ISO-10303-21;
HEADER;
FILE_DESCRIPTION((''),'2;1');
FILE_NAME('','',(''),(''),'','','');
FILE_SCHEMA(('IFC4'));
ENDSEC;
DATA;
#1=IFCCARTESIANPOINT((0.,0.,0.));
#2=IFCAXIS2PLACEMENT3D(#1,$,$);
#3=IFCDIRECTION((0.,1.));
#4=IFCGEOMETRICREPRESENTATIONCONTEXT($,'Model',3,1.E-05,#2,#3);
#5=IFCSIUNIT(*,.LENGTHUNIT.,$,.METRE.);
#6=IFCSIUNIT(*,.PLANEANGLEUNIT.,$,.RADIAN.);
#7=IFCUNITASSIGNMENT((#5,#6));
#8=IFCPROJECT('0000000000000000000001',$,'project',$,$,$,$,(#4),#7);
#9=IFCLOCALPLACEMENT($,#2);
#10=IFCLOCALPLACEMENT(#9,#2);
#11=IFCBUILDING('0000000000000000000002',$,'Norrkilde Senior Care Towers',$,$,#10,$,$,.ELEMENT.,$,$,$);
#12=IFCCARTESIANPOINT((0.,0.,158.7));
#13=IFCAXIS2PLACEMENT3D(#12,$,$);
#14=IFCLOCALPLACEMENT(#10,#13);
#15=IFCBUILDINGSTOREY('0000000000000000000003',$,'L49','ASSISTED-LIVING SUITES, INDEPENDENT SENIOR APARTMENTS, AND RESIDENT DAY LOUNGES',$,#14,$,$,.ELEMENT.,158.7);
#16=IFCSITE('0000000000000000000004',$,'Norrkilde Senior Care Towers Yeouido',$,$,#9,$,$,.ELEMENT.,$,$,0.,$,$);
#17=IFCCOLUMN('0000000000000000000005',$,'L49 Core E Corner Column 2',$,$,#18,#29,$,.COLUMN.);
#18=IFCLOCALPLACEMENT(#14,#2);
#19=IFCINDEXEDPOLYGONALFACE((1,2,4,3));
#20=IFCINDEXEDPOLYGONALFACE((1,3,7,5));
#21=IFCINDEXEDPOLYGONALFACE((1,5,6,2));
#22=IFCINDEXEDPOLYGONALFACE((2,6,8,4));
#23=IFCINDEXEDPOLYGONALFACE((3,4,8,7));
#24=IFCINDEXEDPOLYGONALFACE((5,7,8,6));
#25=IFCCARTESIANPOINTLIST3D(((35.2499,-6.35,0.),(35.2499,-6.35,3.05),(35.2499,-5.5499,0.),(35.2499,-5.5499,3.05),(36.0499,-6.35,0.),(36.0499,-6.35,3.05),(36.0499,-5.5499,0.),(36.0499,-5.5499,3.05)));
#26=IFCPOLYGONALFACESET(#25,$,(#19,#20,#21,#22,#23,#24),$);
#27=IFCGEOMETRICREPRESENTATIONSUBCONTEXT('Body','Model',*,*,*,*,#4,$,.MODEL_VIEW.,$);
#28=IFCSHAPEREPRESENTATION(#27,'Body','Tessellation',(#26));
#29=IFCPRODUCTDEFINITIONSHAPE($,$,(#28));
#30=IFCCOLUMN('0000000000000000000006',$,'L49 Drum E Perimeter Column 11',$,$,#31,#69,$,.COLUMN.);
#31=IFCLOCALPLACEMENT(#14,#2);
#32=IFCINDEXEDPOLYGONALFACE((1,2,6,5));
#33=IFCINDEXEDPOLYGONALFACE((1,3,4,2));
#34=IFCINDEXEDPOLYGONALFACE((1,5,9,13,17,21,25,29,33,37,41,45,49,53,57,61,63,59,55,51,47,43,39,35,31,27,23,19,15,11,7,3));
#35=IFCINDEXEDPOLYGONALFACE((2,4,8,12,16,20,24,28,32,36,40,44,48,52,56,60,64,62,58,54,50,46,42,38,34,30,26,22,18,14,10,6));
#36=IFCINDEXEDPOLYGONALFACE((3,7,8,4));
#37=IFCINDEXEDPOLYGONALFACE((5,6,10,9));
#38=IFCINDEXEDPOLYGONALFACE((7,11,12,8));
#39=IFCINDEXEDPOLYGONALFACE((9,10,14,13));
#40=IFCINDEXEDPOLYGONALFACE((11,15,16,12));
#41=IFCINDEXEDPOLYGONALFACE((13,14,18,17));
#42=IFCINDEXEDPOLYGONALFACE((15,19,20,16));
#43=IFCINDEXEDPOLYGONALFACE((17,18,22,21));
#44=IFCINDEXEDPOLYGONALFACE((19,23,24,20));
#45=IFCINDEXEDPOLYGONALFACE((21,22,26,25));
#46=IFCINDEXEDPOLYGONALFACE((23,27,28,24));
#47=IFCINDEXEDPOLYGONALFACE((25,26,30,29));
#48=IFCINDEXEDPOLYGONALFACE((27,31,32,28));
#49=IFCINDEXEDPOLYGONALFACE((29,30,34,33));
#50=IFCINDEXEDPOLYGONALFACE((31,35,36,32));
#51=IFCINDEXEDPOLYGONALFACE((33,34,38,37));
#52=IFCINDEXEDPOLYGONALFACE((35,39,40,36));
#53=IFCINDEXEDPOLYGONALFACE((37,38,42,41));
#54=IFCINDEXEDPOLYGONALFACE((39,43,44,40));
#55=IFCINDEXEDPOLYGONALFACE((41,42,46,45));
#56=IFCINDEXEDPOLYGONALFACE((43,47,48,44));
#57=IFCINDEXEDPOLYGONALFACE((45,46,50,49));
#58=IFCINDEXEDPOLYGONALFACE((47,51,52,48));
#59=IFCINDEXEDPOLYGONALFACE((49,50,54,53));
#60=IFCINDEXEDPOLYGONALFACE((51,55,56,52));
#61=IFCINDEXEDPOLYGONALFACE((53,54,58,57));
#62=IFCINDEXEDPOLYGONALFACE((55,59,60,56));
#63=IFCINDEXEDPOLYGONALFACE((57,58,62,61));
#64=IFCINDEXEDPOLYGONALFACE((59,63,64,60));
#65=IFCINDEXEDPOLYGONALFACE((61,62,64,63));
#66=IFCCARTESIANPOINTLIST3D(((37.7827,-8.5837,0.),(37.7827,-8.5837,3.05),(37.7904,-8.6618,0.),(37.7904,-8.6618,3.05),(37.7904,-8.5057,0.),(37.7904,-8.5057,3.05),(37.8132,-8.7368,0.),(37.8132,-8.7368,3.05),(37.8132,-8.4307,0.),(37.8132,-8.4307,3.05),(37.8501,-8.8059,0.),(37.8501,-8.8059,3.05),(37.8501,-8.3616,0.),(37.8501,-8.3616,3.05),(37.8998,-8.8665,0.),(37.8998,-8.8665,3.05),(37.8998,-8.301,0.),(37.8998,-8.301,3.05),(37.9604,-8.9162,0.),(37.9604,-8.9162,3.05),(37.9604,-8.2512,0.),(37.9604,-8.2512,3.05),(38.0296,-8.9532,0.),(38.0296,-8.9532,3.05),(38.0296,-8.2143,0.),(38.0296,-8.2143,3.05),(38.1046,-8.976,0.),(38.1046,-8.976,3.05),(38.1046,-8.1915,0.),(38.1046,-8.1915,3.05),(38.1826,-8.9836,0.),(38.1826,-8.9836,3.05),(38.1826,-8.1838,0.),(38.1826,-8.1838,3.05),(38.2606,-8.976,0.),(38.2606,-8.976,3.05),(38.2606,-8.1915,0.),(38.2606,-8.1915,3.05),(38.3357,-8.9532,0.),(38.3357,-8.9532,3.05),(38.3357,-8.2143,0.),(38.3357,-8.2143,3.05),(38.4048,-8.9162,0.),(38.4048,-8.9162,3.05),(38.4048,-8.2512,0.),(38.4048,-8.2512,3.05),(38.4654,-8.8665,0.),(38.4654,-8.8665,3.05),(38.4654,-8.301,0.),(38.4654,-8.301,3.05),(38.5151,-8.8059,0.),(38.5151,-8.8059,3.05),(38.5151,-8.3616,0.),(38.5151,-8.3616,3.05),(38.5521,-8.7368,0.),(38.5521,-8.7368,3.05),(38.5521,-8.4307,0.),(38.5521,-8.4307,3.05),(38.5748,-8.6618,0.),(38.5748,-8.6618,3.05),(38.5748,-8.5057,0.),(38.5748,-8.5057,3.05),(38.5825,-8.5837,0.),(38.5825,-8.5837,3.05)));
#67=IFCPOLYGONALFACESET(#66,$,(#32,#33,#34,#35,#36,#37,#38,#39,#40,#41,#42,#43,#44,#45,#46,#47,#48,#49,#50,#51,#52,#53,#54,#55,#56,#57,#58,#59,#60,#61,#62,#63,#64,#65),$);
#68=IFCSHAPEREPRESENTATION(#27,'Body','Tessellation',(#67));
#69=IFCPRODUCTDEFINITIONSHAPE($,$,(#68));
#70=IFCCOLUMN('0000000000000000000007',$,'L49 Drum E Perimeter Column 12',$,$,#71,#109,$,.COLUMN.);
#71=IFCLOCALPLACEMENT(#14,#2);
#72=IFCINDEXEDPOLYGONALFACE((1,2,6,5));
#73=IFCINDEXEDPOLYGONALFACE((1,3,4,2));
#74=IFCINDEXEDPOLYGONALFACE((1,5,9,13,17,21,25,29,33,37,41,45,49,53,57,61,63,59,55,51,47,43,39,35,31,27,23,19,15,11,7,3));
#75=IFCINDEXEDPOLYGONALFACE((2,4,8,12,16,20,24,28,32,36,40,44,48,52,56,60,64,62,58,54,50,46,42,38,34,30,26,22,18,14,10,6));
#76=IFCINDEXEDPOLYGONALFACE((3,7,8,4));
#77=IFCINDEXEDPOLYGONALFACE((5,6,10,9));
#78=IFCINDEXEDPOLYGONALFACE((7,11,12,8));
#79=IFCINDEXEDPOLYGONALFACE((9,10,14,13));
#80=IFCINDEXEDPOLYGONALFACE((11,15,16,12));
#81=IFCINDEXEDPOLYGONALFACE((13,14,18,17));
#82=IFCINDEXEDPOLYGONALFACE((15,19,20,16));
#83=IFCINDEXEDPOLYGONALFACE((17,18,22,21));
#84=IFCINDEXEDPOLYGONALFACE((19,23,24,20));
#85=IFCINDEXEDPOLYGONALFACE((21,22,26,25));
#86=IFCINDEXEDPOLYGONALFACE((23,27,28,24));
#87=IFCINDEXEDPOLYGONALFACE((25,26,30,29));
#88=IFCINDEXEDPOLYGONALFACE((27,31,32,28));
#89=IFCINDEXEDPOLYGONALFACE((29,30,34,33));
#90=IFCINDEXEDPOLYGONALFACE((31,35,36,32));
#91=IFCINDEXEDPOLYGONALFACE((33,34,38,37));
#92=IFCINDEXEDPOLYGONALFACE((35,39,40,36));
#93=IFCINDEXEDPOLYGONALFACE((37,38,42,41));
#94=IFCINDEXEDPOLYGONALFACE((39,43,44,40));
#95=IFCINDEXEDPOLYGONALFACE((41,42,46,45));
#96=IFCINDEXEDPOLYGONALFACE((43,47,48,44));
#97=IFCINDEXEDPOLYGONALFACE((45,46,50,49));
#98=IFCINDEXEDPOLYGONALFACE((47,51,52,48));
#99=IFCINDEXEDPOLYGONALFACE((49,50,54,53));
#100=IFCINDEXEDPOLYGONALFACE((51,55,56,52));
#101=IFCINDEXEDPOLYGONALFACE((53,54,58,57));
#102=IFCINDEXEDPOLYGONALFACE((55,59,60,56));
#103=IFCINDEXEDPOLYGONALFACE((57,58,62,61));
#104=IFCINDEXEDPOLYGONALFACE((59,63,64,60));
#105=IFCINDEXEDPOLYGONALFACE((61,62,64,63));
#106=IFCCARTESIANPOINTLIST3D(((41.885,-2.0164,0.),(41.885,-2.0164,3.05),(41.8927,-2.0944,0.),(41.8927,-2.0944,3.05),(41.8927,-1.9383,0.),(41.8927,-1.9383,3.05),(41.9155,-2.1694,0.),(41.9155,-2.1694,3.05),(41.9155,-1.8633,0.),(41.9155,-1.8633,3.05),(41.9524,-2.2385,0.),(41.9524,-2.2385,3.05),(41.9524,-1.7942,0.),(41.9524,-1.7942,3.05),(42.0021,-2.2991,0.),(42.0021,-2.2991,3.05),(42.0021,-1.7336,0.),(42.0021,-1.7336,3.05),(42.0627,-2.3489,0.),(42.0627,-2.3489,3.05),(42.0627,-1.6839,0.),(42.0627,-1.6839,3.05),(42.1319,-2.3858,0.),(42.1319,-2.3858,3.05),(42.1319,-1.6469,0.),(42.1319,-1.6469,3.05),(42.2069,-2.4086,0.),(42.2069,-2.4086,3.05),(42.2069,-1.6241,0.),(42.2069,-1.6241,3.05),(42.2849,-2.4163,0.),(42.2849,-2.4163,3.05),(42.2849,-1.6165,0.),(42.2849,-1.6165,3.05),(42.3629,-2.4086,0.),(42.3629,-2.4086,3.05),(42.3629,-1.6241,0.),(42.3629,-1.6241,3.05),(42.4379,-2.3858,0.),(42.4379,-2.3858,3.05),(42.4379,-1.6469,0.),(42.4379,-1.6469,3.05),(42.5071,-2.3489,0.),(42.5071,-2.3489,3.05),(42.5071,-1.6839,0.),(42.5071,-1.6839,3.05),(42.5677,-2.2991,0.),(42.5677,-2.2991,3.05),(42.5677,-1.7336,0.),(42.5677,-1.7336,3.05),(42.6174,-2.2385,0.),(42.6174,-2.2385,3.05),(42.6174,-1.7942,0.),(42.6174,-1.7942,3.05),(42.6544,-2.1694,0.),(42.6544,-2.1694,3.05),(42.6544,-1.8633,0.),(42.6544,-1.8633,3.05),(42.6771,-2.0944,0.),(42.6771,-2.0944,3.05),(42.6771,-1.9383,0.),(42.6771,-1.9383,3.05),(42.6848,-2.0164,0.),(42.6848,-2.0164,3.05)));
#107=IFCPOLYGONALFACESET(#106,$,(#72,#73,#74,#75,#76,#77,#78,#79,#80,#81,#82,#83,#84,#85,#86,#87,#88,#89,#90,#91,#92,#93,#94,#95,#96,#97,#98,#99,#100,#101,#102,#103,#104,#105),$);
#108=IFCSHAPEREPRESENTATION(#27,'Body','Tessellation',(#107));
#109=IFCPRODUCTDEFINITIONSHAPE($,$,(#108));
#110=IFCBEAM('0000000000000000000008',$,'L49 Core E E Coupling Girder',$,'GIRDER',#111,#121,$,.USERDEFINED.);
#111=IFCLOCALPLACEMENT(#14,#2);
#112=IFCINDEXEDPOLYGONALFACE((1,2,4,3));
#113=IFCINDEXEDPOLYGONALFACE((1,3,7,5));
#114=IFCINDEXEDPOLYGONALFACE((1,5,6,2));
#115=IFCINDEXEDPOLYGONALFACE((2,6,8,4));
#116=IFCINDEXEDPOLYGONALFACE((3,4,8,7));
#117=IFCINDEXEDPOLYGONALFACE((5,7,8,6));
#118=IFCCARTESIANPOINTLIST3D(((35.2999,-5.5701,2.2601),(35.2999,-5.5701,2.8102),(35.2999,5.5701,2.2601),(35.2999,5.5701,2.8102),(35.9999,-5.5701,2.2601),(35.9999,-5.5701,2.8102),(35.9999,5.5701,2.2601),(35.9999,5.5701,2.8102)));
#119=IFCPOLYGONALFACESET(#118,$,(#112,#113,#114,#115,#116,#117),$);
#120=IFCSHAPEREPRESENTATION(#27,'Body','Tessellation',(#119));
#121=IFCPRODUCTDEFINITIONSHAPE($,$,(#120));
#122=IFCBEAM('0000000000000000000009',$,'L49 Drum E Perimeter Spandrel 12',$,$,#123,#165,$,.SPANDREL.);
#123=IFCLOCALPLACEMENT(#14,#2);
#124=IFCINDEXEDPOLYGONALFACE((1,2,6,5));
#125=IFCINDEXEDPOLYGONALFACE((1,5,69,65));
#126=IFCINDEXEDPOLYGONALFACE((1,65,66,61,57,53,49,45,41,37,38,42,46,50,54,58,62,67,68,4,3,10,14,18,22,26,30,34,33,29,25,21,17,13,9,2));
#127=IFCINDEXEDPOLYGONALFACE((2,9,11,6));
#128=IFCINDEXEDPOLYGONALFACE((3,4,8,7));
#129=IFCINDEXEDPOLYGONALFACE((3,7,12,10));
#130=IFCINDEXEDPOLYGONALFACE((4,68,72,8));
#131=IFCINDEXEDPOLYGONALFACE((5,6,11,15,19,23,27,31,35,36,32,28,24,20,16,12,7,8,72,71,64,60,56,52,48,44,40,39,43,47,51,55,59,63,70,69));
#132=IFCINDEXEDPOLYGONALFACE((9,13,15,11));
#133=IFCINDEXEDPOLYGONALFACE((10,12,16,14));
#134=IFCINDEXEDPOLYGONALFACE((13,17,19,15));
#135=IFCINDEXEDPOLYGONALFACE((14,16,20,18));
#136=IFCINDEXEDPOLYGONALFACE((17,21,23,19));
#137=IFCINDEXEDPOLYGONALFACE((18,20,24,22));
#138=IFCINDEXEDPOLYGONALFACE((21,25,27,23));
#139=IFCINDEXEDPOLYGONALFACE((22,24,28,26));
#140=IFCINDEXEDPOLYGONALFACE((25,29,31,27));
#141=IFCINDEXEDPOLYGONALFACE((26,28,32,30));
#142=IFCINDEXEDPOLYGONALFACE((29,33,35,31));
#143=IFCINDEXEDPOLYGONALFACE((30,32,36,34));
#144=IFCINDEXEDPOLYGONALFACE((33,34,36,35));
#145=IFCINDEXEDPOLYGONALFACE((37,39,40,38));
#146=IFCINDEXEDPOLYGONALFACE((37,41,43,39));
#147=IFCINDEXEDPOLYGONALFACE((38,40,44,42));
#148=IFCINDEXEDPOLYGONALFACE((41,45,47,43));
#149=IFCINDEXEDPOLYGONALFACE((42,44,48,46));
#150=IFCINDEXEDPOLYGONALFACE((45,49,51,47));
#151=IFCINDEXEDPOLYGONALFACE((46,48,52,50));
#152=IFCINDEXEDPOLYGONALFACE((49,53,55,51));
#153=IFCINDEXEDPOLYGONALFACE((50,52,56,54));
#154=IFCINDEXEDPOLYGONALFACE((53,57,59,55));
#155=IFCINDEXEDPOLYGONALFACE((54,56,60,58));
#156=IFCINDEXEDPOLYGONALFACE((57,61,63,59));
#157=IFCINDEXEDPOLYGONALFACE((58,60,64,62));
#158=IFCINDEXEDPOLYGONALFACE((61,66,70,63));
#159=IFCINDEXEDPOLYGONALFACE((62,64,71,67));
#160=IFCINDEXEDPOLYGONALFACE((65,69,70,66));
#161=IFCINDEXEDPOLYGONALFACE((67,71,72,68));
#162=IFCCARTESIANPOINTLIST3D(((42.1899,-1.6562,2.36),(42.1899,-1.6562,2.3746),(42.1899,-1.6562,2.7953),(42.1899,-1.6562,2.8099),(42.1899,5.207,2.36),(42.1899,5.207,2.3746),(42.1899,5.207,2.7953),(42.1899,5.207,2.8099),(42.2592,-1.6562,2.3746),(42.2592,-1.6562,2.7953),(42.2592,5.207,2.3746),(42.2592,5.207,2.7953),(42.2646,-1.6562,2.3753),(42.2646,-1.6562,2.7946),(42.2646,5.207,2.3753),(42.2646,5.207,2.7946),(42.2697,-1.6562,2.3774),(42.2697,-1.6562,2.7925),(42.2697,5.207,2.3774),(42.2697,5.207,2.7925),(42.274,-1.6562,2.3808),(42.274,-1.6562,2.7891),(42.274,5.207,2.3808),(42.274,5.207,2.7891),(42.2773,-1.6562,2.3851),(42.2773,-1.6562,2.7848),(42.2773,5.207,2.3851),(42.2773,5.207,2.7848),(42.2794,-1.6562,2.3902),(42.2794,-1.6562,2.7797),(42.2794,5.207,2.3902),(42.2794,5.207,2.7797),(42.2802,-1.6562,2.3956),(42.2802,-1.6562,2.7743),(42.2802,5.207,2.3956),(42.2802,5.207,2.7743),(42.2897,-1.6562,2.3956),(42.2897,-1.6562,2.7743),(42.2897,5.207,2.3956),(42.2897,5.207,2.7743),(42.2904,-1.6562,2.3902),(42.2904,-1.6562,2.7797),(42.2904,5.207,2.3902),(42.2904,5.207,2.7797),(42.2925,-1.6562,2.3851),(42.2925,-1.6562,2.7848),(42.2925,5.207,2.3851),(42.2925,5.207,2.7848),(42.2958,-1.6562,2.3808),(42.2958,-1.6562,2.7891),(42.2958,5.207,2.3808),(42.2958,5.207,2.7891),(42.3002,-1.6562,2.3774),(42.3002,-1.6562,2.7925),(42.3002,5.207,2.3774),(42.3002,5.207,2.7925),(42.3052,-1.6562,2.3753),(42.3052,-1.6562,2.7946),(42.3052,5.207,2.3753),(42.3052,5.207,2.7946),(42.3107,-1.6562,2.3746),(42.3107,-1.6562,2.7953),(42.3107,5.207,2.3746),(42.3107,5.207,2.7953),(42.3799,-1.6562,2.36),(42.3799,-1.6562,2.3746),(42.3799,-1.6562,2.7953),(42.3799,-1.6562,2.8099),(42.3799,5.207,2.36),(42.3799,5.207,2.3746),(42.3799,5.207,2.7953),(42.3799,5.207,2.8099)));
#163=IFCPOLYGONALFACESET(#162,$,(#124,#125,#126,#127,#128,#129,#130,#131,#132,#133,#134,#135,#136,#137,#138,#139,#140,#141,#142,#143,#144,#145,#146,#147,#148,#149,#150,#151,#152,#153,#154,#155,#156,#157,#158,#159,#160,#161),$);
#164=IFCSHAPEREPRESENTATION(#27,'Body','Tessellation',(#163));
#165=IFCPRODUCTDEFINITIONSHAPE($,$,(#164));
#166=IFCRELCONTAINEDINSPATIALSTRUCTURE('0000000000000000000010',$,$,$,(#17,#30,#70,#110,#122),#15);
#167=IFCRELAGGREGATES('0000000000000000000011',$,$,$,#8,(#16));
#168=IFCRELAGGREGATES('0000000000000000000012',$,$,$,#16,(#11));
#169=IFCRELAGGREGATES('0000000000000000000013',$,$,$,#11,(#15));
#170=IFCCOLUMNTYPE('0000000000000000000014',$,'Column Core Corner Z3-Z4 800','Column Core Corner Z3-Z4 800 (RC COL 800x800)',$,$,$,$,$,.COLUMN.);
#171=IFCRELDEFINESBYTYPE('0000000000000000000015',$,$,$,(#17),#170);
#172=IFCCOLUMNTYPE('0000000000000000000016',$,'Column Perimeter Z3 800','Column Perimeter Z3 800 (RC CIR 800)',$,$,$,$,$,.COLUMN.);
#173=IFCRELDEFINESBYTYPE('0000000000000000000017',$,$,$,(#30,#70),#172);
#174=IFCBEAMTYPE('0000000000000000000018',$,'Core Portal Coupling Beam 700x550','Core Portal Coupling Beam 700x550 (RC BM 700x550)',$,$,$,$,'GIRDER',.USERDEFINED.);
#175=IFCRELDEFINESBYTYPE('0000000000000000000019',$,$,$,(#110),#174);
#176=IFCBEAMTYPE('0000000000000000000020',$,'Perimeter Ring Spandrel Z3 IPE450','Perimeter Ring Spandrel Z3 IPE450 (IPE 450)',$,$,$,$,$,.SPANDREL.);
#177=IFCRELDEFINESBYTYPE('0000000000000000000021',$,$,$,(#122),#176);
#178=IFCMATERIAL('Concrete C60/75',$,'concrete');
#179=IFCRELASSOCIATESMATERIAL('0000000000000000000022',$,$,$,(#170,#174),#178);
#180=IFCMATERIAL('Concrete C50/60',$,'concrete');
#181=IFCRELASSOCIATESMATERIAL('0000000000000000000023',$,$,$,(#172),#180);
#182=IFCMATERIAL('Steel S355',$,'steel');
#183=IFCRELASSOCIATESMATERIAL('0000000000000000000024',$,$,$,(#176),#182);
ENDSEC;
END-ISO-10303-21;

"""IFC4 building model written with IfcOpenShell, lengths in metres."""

from ifc_helpers import new_model, si_unit, direction, frame, origin, origin_2d, place, context, subcontext, project, spatial, rectangle, circle, i_section, extrude, source, transform, mapped, material, material_profile, profile_set, type_object, type_shapes, element, save


model = new_model("IFC4")

# Units and contexts
model_context = context("Model", 3, precision=1e-05, world=origin(), true_north=direction((0.0, 1.0)))
body_context = subcontext(model_context, "Body", "Model", "MODEL_VIEW")
ifc_project = project(units=[si_unit("LENGTHUNIT", "METRE"), si_unit("PLANEANGLEUNIT", "RADIAN")], contexts=[model_context])

# Site, building, storey
site_placement = place(None, origin())
site = spatial("IfcSite", under=ifc_project, at=site_placement, Name="Norrkilde Senior Care Towers Yeouido", CompositionType="ELEMENT", RefElevation=0.0)
building_placement = place(site_placement, origin())
building = spatial("IfcBuilding", under=site, at=building_placement, Name="Norrkilde Senior Care Towers", CompositionType="ELEMENT")
storey_placement = place(building_placement, frame((0.0, 0.0, 158.7)))
storey = spatial("IfcBuildingStorey", under=building, at=storey_placement, Name="L49", Description="ASSISTED-LIVING SUITES, INDEPENDENT SENIOR APARTMENTS, AND RESIDENT DAY LOUNGES", CompositionType="ELEMENT", Elevation=158.7)

# Columns
ifc_material_1 = material(Name="Concrete C60/75", Category="concrete")
ifc_material_profile_1 = material_profile(ifc_material_1, rectangle(XDim=0.8, YDim=0.8, at=origin_2d()), Name="RC COL 800x800")
ifc_profile_set_1 = profile_set([ifc_material_profile_1], Name="Concrete C60/75")
column_type_1 = type_object("IfcColumnType", Name="Column Core Corner Z3-Z4 800", Description="Column Core Corner Z3-Z4 800 (RC COL 800x800)", PredefinedType="COLUMN", material=ifc_profile_set_1)
shared_shape_1 = source(origin(), body_context, "Body", "SweptSolid", [
    extrude(rectangle(XDim=0.8, YDim=0.8, at=origin_2d()), origin(), (0.0, 0.0, 1.0), 3.05),
])
type_shapes(column_type_1, [shared_shape_1])
column_placement = place(storey_placement, frame((35.6499, -5.95, 0.0), z_axis=(0.0, 0.0, 1.0), x_axis=(1.0, 0.0, 0.0)))
element("IfcColumn", 1, at=column_placement, inside=storey, type_object=column_type_1, Name="L49 Core E Corner Column 2", PredefinedType="COLUMN", context=body_context, shape_type="MappedRepresentation", body=[
    mapped(shared_shape_1, transform((0.0, 0.0, 0.0), x_axis=(1.0, 0.0, 0.0), y_axis=(0.0, 1.0, 0.0), z_axis=(0.0, 0.0, 1.0), scale=1.0)),
])
ifc_material_2 = material(Name="Concrete C50/60", Category="concrete")
ifc_material_profile_2 = material_profile(ifc_material_2, circle(Radius=0.3999, at=origin_2d()), Name="RC CIR 800")
ifc_profile_set_2 = profile_set([ifc_material_profile_2], Name="Concrete C50/60")
column_type_2 = type_object("IfcColumnType", Name="Column Perimeter Z3 800", Description="Column Perimeter Z3 800 (RC CIR 800)", PredefinedType="COLUMN", material=ifc_profile_set_2)
shared_shape_2 = source(origin(), body_context, "Body", "SweptSolid", [
    extrude(circle(Radius=0.3999, at=origin_2d()), origin(), (0.0, 0.0, 1.0), 3.05),
])
type_shapes(column_type_2, [shared_shape_2])
for number, where, z_axis, x_axis, name in (
    (2, (38.1826, -8.5837, 0.0), (0.0, 0.0, 1.0), (1.0, 0.0, 0.0), "L49 Drum E Perimeter Column 11"),
    (3, (42.2849, -2.0164, 0.0), (0.0, 0.0, 1.0), (1.0, 0.0, 0.0), "L49 Drum E Perimeter Column 12"),
):
    element("IfcColumn", number, at=place(storey_placement, frame(where, z_axis=z_axis, x_axis=x_axis)), inside=storey, type_object=column_type_2, Name=name, PredefinedType="COLUMN", context=body_context, shape_type="MappedRepresentation", body=[
        mapped(shared_shape_2, transform((0.0, 0.0, 0.0), x_axis=(1.0, 0.0, 0.0), y_axis=(0.0, 1.0, 0.0), z_axis=(0.0, 0.0, 1.0), scale=1.0)),
    ])

# Beams
ifc_material_profile_3 = material_profile(ifc_material_1, rectangle(XDim=0.7, YDim=0.55, at=origin_2d()), Name="RC BM 700x550")
ifc_profile_set_3 = profile_set([ifc_material_profile_3], Name="Concrete C60/75")
beam_type_1 = type_object("IfcBeamType", Name="Core Portal Coupling Beam 700x550", Description="Core Portal Coupling Beam 700x550 (RC BM 700x550)", ElementType="GIRDER", PredefinedType="USERDEFINED", material=ifc_profile_set_3)
shared_shape_3 = source(origin(), body_context, "Body", "SweptSolid", [
    extrude(rectangle(XDim=0.7, YDim=0.55, at=origin_2d()), origin(), (0.0, 0.0, 1.0), 11.1401),
])
type_shapes(beam_type_1, [shared_shape_3])
beam_1_placement = place(storey_placement, frame((35.6499, -5.5701, 2.5352), z_axis=(0.0, 1.0, 0.0), x_axis=(-1.0, 0.0, 0.0)))
element("IfcBeam", 4, at=beam_1_placement, inside=storey, type_object=beam_type_1, Name="L49 Core E E Coupling Girder", ObjectType="GIRDER", PredefinedType="USERDEFINED", context=body_context, shape_type="MappedRepresentation", body=[
    mapped(shared_shape_3, transform((0.0, 0.0, 0.0), x_axis=(1.0, 0.0, 0.0), y_axis=(0.0, 1.0, 0.0), z_axis=(0.0, 0.0, 1.0), scale=1.0)),
])
ifc_material_3 = material(Name="Steel S355", Category="steel")
ifc_material_profile_4 = material_profile(ifc_material_3, i_section(OverallWidth=0.1899, OverallDepth=0.45, WebThickness=0.0095, FlangeThickness=0.0146, FilletRadius=0.021, at=origin_2d()), Name="IPE 450")
ifc_profile_set_4 = profile_set([ifc_material_profile_4], Name="Steel S355")
beam_type_2 = type_object("IfcBeamType", Name="Perimeter Ring Spandrel Z3 IPE450", Description="Perimeter Ring Spandrel Z3 IPE450 (IPE 450)", PredefinedType="SPANDREL", material=ifc_profile_set_4)
shared_shape_4 = source(origin(), body_context, "Body", "SweptSolid", [
    extrude(i_section(OverallWidth=0.1899, OverallDepth=0.45, WebThickness=0.0095, FlangeThickness=0.0146, FilletRadius=0.021, at=origin_2d()), origin(), (0.0, 0.0, 1.0), 6.8633),
])
beam_2_placement = place(storey_placement, frame((42.2849, -1.6562, 2.585), z_axis=(0.0, 1.0, 0.0), x_axis=(-1.0, 0.0, 0.0)))
element("IfcBeam", 5, at=beam_2_placement, inside=storey, type_object=beam_type_2, Name="L49 Drum E Perimeter Spandrel 12", PredefinedType="SPANDREL", context=body_context, shape_type="MappedRepresentation", body=[
    mapped(shared_shape_4, transform((0.0, 0.0, 0.0), x_axis=(1.0, 0.0, 0.0), y_axis=(0.0, 1.0, 0.0), z_axis=(0.0, 0.0, 1.0), scale=1.0)),
])

save(model, "model.ifc")
